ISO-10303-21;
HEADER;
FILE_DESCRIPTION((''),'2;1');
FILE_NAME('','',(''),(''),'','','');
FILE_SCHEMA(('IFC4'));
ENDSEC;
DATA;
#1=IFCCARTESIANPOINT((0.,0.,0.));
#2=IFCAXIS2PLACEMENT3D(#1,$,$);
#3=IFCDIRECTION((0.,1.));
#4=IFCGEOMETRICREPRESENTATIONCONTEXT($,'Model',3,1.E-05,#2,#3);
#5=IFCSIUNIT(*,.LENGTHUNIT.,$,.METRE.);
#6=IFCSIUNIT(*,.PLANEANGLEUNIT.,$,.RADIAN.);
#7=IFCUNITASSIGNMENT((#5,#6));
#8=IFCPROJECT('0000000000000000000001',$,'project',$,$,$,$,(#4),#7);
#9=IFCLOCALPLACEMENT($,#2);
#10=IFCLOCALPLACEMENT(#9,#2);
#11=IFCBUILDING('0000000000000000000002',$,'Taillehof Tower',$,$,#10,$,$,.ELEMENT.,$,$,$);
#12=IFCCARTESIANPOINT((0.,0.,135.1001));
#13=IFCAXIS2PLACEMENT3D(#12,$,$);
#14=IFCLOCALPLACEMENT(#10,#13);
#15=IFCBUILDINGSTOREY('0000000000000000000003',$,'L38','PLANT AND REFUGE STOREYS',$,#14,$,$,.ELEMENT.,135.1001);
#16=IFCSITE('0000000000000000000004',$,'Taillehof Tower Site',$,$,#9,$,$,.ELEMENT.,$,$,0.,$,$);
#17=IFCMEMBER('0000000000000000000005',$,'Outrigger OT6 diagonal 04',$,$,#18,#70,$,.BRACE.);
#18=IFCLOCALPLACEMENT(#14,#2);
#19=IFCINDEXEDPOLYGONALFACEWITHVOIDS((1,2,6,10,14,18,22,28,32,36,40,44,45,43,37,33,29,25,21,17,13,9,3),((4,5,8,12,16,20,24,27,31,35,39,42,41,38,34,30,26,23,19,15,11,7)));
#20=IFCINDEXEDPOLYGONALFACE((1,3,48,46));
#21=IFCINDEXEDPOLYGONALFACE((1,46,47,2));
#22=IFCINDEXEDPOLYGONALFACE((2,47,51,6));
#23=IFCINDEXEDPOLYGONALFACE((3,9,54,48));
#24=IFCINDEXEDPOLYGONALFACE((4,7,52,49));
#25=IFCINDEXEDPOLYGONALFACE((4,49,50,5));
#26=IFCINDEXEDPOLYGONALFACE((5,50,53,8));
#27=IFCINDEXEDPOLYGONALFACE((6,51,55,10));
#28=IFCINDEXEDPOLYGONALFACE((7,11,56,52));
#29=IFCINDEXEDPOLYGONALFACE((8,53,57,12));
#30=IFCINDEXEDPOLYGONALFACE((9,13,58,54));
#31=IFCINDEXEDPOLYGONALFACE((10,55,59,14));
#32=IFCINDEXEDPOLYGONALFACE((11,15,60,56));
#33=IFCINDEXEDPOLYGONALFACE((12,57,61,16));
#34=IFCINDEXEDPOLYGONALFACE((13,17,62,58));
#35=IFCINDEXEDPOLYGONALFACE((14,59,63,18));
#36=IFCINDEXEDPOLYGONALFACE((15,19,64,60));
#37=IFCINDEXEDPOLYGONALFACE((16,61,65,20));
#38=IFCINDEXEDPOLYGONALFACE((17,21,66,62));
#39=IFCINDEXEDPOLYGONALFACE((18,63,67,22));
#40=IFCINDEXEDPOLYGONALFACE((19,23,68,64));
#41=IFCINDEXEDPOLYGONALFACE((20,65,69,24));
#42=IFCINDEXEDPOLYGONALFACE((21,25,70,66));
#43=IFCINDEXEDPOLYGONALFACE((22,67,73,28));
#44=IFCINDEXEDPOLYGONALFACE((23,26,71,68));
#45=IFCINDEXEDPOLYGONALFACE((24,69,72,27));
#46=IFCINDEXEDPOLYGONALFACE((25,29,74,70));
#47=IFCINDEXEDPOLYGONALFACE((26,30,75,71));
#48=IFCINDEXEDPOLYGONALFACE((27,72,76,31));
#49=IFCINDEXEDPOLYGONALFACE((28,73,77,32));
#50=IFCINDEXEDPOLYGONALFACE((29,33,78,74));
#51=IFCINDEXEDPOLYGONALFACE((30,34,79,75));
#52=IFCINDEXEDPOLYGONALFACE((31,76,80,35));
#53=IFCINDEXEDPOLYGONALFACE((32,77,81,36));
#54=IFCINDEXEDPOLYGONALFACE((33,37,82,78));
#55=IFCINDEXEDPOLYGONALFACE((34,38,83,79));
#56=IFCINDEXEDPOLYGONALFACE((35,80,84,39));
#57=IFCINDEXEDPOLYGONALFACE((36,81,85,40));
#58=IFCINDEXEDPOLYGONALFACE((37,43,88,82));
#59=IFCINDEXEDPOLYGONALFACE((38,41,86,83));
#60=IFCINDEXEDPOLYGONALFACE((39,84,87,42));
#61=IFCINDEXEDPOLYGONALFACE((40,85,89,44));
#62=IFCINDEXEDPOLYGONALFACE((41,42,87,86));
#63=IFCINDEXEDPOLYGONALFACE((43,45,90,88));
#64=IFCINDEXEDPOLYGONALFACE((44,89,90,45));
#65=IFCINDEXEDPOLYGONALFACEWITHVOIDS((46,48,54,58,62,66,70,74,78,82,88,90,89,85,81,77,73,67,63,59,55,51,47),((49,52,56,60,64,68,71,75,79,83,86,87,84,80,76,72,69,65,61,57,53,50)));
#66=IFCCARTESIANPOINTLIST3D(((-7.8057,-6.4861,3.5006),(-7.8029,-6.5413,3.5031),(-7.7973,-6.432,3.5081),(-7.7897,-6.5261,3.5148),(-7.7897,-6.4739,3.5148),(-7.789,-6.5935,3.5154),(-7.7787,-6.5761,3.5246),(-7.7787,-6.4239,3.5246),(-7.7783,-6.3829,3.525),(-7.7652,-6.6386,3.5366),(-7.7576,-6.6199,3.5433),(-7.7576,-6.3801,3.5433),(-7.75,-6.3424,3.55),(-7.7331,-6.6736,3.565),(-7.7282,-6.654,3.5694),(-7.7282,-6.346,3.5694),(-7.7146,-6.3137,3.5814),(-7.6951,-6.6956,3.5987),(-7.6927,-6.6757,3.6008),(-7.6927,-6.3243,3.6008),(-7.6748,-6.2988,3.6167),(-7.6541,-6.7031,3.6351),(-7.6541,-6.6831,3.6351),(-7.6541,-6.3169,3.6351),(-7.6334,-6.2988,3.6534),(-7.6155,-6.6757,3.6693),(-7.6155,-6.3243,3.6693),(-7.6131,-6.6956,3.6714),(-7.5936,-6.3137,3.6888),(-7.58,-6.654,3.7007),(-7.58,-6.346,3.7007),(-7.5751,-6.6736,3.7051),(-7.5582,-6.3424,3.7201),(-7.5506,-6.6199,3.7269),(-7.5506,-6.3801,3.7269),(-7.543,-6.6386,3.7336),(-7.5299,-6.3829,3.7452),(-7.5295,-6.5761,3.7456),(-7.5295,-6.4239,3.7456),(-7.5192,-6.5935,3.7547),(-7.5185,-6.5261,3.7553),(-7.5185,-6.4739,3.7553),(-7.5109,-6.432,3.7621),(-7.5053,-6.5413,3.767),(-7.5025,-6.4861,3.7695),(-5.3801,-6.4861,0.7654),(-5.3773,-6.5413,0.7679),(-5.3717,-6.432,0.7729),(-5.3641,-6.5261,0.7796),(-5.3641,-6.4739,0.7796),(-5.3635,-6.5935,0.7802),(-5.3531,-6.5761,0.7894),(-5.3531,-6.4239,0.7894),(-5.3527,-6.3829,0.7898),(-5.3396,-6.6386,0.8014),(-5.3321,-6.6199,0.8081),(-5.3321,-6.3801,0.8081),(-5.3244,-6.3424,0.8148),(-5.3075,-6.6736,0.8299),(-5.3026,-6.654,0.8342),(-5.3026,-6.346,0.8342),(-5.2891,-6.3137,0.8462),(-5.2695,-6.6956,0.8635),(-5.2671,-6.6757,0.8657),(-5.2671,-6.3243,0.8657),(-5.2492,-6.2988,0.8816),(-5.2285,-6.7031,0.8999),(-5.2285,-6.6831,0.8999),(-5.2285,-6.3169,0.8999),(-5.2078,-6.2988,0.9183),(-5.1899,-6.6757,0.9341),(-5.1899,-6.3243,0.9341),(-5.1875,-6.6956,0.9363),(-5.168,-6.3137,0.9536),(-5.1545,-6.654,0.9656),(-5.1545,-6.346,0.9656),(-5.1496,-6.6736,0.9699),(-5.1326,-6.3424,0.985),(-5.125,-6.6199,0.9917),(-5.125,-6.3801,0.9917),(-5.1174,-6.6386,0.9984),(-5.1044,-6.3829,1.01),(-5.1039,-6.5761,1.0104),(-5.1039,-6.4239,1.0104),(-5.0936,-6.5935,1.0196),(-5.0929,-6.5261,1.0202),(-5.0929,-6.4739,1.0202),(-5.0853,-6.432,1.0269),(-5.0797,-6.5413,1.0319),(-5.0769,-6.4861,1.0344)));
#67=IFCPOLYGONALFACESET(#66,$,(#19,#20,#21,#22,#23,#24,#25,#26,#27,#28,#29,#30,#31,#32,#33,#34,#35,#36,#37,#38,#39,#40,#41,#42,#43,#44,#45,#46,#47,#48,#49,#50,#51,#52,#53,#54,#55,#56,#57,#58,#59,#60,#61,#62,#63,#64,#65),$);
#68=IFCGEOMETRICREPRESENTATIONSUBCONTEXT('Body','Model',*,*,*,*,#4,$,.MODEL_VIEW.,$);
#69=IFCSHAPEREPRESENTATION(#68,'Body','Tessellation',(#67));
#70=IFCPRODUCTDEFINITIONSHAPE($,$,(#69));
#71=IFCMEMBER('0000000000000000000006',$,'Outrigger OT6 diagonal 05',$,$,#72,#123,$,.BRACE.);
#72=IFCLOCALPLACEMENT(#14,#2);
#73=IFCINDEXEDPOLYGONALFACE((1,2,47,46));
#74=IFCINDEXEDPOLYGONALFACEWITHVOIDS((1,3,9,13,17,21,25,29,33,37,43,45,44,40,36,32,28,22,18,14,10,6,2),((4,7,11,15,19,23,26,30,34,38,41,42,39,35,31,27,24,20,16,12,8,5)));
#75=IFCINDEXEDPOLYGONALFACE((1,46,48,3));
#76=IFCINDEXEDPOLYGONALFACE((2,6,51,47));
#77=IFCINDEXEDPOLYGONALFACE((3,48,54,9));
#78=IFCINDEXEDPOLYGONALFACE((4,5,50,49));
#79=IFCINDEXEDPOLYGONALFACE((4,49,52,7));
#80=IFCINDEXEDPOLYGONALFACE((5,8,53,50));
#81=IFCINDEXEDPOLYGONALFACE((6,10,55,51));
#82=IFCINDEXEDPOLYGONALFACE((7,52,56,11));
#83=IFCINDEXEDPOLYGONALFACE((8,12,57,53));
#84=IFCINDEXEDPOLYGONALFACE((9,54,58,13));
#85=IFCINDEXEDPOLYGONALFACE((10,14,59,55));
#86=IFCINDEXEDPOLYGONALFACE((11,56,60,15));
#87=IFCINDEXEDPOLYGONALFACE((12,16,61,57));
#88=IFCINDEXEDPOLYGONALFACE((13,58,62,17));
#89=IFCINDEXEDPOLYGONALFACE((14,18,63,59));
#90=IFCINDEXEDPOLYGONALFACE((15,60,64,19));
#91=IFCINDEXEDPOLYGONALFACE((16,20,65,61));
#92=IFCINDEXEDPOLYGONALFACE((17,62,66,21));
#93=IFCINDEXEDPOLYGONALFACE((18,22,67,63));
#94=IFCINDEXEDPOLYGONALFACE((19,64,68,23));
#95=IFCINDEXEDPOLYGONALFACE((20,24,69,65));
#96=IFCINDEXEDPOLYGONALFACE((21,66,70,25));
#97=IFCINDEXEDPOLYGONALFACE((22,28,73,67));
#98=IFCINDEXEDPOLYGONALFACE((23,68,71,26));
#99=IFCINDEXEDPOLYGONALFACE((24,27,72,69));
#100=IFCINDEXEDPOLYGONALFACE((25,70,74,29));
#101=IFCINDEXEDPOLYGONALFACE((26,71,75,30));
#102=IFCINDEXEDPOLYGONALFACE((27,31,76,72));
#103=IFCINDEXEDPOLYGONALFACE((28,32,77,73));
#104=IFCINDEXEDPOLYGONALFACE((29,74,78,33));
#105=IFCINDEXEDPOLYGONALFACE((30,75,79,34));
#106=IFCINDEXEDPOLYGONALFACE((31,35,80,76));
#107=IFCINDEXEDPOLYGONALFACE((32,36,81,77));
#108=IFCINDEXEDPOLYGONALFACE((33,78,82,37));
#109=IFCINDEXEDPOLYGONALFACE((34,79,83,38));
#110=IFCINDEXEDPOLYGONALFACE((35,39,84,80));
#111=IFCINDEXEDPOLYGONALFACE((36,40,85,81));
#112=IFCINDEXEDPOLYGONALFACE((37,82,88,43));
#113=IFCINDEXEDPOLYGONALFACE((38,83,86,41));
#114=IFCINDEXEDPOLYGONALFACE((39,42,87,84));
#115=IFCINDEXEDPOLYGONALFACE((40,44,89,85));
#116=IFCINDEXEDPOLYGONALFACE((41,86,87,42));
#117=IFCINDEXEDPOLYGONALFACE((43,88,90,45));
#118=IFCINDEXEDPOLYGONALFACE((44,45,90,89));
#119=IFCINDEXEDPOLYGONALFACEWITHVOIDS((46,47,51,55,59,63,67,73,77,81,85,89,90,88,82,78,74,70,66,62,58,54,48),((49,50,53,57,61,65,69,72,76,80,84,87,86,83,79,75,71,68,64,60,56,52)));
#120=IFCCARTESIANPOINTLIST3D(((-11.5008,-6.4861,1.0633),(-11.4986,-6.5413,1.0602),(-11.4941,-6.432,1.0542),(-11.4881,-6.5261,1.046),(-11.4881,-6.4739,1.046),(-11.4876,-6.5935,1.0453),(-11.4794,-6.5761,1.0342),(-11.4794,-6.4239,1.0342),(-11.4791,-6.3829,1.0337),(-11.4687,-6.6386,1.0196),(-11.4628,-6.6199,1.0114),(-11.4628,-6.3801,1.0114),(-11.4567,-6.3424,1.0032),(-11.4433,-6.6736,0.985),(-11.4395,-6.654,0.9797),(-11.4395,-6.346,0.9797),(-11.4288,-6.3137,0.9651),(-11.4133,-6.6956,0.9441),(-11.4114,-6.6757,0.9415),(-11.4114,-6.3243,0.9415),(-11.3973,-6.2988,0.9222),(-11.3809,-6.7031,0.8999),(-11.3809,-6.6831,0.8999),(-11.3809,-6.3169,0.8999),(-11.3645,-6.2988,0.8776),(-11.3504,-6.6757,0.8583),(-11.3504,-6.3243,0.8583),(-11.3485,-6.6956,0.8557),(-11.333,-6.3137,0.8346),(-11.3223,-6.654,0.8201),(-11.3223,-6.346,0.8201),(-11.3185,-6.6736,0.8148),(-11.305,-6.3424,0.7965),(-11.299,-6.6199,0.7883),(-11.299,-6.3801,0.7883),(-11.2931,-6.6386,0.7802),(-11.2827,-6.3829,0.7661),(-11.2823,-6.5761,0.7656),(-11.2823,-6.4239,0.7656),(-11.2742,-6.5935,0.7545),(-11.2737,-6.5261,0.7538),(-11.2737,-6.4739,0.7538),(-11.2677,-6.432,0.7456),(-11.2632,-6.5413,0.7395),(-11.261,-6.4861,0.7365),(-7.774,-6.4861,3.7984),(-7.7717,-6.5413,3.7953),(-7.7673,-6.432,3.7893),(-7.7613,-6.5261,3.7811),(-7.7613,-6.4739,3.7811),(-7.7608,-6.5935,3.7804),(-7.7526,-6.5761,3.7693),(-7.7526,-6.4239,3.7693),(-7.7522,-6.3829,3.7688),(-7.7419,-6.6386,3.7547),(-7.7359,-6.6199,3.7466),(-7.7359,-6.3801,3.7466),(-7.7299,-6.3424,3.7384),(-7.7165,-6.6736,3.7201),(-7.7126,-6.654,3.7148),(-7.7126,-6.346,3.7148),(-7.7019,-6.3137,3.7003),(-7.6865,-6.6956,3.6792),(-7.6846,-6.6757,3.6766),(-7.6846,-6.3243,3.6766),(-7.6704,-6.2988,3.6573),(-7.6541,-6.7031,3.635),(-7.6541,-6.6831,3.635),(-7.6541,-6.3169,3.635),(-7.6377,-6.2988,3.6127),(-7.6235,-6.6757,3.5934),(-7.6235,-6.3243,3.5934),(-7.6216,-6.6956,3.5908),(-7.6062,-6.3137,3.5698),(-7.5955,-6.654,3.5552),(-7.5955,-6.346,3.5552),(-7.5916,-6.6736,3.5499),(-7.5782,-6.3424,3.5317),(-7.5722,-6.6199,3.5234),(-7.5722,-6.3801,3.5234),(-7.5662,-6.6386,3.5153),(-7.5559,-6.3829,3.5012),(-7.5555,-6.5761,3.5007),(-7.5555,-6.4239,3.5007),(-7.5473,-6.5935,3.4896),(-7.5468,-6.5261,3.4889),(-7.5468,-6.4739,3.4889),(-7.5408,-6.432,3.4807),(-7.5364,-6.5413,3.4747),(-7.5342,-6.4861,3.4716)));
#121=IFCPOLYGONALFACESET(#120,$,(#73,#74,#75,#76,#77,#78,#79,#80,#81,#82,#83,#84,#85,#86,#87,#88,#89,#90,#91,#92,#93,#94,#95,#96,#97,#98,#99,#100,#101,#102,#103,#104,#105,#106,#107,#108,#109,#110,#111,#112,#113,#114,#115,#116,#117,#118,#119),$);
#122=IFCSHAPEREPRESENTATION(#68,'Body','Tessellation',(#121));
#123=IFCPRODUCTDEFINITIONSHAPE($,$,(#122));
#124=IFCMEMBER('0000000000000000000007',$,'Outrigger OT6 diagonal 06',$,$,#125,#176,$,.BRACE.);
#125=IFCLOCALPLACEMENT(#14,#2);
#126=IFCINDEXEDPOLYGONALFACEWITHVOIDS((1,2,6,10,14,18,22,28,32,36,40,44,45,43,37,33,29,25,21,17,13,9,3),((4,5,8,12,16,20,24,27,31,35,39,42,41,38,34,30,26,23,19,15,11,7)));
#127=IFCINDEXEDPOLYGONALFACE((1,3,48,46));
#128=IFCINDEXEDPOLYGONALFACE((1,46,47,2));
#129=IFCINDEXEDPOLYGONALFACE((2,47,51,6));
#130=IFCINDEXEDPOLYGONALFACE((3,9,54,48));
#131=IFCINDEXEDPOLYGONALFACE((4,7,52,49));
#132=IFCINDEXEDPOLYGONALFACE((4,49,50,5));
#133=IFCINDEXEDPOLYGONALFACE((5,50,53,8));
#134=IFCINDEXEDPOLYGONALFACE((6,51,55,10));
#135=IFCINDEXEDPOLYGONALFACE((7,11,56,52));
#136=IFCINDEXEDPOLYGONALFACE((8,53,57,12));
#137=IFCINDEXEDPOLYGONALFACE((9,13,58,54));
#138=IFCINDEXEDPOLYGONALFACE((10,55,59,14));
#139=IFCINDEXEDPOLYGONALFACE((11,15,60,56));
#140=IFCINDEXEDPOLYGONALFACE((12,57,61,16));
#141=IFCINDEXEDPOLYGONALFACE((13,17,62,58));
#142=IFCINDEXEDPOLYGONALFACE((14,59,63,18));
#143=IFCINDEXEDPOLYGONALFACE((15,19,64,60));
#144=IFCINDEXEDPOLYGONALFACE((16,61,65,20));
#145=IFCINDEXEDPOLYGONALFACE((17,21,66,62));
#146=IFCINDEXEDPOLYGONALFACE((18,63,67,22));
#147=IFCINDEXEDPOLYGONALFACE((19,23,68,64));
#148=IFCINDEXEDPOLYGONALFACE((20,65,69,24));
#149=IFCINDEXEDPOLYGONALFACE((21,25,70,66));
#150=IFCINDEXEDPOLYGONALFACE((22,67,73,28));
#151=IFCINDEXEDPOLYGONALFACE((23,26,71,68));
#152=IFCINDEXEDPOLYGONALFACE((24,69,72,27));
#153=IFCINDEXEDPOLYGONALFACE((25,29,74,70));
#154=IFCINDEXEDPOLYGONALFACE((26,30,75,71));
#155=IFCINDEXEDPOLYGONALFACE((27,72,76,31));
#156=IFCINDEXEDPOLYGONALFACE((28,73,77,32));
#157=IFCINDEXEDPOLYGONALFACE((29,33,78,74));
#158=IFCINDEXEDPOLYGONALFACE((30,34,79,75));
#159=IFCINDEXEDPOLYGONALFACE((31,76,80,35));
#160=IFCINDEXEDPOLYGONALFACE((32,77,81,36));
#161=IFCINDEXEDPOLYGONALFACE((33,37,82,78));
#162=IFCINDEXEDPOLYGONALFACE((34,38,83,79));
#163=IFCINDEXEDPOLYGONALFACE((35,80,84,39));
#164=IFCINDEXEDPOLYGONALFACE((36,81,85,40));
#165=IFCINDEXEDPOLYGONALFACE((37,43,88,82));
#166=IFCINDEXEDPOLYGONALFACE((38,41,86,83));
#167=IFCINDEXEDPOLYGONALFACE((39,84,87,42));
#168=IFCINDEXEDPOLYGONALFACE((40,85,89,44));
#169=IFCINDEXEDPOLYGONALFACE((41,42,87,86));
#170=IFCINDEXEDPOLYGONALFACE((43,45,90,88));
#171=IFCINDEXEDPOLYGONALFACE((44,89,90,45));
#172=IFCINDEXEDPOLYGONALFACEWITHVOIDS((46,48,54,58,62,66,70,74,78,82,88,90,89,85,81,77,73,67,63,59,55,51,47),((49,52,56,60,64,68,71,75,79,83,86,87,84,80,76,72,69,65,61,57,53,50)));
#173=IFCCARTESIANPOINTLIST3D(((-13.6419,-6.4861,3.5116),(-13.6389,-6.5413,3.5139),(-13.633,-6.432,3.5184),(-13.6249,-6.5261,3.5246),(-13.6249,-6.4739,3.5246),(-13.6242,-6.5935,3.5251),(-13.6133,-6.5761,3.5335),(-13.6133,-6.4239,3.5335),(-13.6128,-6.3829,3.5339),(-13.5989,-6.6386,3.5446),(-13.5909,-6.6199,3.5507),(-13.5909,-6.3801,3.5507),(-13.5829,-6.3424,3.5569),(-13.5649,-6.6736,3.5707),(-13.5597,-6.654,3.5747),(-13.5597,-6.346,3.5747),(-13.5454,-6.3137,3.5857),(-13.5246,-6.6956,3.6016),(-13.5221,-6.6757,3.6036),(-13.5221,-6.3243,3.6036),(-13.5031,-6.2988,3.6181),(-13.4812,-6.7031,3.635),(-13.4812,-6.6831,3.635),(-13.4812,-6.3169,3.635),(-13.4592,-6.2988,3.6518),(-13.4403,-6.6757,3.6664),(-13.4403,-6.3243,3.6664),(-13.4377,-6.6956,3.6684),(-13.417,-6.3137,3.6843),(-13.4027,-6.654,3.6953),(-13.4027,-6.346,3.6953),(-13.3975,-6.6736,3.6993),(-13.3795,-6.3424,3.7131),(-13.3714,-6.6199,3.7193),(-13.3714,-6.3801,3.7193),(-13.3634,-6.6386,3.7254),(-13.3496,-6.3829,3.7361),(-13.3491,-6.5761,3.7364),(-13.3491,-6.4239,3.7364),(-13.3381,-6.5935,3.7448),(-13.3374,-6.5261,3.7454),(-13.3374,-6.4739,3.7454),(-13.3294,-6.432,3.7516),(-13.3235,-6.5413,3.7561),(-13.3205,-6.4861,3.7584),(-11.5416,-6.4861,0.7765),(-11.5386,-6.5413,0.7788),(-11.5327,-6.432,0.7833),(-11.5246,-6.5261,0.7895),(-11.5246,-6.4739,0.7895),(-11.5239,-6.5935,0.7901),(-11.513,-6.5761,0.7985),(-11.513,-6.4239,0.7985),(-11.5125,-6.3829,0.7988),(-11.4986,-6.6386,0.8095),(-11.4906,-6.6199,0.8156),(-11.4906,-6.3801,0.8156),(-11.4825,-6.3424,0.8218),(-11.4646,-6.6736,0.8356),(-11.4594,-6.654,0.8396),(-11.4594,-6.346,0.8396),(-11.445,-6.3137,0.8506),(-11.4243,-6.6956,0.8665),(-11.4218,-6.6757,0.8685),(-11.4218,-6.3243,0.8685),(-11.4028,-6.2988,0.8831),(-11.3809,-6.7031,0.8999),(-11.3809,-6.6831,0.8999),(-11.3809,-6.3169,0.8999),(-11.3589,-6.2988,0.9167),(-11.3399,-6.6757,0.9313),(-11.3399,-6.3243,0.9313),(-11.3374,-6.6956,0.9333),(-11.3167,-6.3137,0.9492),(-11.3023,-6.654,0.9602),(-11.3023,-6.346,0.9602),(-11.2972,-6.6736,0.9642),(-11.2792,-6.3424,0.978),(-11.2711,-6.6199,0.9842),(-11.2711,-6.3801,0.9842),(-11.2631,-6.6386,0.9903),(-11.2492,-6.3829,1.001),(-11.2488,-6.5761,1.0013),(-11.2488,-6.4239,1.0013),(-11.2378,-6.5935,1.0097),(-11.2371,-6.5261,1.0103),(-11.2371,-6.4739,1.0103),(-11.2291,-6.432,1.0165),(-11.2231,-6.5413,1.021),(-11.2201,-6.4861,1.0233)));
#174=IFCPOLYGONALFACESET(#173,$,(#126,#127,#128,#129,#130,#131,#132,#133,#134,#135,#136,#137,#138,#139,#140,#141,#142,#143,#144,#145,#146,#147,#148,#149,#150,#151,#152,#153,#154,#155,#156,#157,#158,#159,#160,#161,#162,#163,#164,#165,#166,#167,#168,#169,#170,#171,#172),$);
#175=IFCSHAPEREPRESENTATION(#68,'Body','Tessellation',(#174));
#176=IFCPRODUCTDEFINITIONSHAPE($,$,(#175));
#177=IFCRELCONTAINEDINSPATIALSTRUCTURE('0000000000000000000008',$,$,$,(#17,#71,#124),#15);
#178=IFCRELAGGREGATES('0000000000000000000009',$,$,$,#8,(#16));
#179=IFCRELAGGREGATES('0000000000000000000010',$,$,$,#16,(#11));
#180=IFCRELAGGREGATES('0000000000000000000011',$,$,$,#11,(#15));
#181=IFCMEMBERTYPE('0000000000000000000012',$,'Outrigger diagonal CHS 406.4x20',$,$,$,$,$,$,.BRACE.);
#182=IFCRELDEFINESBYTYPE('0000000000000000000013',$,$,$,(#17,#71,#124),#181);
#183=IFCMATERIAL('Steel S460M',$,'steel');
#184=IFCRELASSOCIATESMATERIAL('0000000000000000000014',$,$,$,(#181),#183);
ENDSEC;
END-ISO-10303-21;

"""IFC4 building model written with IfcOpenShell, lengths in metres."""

from ifc_helpers import new_model, si_unit, direction, frame, origin, origin_2d, place, context, subcontext, project, spatial, hollow_circle, extrude, material, material_profile, profile_set, type_object, element, save


model = new_model("IFC4")

# Units and contexts
model_context = context("Model", 3, precision=1e-05, world=origin(), true_north=direction((0.0, 1.0)))
body_context = subcontext(model_context, "Body", "Model", "MODEL_VIEW")
ifc_project = project(units=[si_unit("LENGTHUNIT", "METRE"), si_unit("PLANEANGLEUNIT", "RADIAN")], contexts=[model_context])

# Site, building, storey
site_placement = place(None, origin())
site = spatial("IfcSite", under=ifc_project, at=site_placement, Name="Taillehof Tower Site", CompositionType="ELEMENT", RefElevation=0.0)
building_placement = place(site_placement, origin())
building = spatial("IfcBuilding", under=site, at=building_placement, Name="Taillehof Tower", CompositionType="ELEMENT")
storey_placement = place(building_placement, frame((0.0, 0.0, 135.1001)))
storey = spatial("IfcBuildingStorey", under=building, at=storey_placement, Name="L38", Description="PLANT AND REFUGE STOREYS", CompositionType="ELEMENT", Elevation=135.1001)

# Members
ifc_material_1 = material(Name="Steel S460M", Category="steel")
ifc_material_profile_1 = material_profile(ifc_material_1, hollow_circle(Radius=0.2031, WallThickness=0.02, at=origin_2d()), Name="CHS 406.4x20")
ifc_profile_set_1 = profile_set([ifc_material_profile_1], Name="Steel S460M")
member_type_1 = type_object("IfcMemberType", Name="Outrigger diagonal CHS 406.4x20", PredefinedType="BRACE", material=ifc_profile_set_1)
member_1_placement = place(storey_placement, frame((-5.2285, -6.5, 0.8999), z_axis=(-0.663497, 0.0, 0.748179), x_axis=(0.0, -1.0, 0.0)))
element("IfcMember", 1, at=member_1_placement, inside=storey, type_object=member_type_1, Name="Outrigger OT6 diagonal 04", PredefinedType="BRACE", context=body_context, shape_type="SweptSolid", body=[
    extrude(hollow_circle(Radius=0.2031, WallThickness=0.02, at=origin_2d()), origin(), (0.0, 0.0, 1.0), 3.6558),
])
member_2_placement = place(storey_placement, frame((-7.6541, -6.5, 3.635), z_axis=(-0.806187, 0.0, -0.591661), x_axis=(0.0, -1.0, 0.0)))
element("IfcMember", 2, at=member_2_placement, inside=storey, type_object=member_type_1, Name="Outrigger OT6 diagonal 05", PredefinedType="BRACE", context=body_context, shape_type="SweptSolid", body=[
    extrude(hollow_circle(Radius=0.2031, WallThickness=0.02, at=origin_2d()), origin(), (0.0, 0.0, 1.0), 4.6228),
])
member_3_placement = place(storey_placement, frame((-11.3809, -6.5, 0.8999), z_axis=(-0.609057, 0.0, 0.793126), x_axis=(0.0, -1.0, 0.0)))
element("IfcMember", 3, at=member_3_placement, inside=storey, type_object=member_type_1, Name="Outrigger OT6 diagonal 06", PredefinedType="BRACE", context=body_context, shape_type="SweptSolid", body=[
    extrude(hollow_circle(Radius=0.2031, WallThickness=0.02, at=origin_2d()), origin(), (0.0, 0.0, 1.0), 3.4485),
])

save(model, "model.ifc")
